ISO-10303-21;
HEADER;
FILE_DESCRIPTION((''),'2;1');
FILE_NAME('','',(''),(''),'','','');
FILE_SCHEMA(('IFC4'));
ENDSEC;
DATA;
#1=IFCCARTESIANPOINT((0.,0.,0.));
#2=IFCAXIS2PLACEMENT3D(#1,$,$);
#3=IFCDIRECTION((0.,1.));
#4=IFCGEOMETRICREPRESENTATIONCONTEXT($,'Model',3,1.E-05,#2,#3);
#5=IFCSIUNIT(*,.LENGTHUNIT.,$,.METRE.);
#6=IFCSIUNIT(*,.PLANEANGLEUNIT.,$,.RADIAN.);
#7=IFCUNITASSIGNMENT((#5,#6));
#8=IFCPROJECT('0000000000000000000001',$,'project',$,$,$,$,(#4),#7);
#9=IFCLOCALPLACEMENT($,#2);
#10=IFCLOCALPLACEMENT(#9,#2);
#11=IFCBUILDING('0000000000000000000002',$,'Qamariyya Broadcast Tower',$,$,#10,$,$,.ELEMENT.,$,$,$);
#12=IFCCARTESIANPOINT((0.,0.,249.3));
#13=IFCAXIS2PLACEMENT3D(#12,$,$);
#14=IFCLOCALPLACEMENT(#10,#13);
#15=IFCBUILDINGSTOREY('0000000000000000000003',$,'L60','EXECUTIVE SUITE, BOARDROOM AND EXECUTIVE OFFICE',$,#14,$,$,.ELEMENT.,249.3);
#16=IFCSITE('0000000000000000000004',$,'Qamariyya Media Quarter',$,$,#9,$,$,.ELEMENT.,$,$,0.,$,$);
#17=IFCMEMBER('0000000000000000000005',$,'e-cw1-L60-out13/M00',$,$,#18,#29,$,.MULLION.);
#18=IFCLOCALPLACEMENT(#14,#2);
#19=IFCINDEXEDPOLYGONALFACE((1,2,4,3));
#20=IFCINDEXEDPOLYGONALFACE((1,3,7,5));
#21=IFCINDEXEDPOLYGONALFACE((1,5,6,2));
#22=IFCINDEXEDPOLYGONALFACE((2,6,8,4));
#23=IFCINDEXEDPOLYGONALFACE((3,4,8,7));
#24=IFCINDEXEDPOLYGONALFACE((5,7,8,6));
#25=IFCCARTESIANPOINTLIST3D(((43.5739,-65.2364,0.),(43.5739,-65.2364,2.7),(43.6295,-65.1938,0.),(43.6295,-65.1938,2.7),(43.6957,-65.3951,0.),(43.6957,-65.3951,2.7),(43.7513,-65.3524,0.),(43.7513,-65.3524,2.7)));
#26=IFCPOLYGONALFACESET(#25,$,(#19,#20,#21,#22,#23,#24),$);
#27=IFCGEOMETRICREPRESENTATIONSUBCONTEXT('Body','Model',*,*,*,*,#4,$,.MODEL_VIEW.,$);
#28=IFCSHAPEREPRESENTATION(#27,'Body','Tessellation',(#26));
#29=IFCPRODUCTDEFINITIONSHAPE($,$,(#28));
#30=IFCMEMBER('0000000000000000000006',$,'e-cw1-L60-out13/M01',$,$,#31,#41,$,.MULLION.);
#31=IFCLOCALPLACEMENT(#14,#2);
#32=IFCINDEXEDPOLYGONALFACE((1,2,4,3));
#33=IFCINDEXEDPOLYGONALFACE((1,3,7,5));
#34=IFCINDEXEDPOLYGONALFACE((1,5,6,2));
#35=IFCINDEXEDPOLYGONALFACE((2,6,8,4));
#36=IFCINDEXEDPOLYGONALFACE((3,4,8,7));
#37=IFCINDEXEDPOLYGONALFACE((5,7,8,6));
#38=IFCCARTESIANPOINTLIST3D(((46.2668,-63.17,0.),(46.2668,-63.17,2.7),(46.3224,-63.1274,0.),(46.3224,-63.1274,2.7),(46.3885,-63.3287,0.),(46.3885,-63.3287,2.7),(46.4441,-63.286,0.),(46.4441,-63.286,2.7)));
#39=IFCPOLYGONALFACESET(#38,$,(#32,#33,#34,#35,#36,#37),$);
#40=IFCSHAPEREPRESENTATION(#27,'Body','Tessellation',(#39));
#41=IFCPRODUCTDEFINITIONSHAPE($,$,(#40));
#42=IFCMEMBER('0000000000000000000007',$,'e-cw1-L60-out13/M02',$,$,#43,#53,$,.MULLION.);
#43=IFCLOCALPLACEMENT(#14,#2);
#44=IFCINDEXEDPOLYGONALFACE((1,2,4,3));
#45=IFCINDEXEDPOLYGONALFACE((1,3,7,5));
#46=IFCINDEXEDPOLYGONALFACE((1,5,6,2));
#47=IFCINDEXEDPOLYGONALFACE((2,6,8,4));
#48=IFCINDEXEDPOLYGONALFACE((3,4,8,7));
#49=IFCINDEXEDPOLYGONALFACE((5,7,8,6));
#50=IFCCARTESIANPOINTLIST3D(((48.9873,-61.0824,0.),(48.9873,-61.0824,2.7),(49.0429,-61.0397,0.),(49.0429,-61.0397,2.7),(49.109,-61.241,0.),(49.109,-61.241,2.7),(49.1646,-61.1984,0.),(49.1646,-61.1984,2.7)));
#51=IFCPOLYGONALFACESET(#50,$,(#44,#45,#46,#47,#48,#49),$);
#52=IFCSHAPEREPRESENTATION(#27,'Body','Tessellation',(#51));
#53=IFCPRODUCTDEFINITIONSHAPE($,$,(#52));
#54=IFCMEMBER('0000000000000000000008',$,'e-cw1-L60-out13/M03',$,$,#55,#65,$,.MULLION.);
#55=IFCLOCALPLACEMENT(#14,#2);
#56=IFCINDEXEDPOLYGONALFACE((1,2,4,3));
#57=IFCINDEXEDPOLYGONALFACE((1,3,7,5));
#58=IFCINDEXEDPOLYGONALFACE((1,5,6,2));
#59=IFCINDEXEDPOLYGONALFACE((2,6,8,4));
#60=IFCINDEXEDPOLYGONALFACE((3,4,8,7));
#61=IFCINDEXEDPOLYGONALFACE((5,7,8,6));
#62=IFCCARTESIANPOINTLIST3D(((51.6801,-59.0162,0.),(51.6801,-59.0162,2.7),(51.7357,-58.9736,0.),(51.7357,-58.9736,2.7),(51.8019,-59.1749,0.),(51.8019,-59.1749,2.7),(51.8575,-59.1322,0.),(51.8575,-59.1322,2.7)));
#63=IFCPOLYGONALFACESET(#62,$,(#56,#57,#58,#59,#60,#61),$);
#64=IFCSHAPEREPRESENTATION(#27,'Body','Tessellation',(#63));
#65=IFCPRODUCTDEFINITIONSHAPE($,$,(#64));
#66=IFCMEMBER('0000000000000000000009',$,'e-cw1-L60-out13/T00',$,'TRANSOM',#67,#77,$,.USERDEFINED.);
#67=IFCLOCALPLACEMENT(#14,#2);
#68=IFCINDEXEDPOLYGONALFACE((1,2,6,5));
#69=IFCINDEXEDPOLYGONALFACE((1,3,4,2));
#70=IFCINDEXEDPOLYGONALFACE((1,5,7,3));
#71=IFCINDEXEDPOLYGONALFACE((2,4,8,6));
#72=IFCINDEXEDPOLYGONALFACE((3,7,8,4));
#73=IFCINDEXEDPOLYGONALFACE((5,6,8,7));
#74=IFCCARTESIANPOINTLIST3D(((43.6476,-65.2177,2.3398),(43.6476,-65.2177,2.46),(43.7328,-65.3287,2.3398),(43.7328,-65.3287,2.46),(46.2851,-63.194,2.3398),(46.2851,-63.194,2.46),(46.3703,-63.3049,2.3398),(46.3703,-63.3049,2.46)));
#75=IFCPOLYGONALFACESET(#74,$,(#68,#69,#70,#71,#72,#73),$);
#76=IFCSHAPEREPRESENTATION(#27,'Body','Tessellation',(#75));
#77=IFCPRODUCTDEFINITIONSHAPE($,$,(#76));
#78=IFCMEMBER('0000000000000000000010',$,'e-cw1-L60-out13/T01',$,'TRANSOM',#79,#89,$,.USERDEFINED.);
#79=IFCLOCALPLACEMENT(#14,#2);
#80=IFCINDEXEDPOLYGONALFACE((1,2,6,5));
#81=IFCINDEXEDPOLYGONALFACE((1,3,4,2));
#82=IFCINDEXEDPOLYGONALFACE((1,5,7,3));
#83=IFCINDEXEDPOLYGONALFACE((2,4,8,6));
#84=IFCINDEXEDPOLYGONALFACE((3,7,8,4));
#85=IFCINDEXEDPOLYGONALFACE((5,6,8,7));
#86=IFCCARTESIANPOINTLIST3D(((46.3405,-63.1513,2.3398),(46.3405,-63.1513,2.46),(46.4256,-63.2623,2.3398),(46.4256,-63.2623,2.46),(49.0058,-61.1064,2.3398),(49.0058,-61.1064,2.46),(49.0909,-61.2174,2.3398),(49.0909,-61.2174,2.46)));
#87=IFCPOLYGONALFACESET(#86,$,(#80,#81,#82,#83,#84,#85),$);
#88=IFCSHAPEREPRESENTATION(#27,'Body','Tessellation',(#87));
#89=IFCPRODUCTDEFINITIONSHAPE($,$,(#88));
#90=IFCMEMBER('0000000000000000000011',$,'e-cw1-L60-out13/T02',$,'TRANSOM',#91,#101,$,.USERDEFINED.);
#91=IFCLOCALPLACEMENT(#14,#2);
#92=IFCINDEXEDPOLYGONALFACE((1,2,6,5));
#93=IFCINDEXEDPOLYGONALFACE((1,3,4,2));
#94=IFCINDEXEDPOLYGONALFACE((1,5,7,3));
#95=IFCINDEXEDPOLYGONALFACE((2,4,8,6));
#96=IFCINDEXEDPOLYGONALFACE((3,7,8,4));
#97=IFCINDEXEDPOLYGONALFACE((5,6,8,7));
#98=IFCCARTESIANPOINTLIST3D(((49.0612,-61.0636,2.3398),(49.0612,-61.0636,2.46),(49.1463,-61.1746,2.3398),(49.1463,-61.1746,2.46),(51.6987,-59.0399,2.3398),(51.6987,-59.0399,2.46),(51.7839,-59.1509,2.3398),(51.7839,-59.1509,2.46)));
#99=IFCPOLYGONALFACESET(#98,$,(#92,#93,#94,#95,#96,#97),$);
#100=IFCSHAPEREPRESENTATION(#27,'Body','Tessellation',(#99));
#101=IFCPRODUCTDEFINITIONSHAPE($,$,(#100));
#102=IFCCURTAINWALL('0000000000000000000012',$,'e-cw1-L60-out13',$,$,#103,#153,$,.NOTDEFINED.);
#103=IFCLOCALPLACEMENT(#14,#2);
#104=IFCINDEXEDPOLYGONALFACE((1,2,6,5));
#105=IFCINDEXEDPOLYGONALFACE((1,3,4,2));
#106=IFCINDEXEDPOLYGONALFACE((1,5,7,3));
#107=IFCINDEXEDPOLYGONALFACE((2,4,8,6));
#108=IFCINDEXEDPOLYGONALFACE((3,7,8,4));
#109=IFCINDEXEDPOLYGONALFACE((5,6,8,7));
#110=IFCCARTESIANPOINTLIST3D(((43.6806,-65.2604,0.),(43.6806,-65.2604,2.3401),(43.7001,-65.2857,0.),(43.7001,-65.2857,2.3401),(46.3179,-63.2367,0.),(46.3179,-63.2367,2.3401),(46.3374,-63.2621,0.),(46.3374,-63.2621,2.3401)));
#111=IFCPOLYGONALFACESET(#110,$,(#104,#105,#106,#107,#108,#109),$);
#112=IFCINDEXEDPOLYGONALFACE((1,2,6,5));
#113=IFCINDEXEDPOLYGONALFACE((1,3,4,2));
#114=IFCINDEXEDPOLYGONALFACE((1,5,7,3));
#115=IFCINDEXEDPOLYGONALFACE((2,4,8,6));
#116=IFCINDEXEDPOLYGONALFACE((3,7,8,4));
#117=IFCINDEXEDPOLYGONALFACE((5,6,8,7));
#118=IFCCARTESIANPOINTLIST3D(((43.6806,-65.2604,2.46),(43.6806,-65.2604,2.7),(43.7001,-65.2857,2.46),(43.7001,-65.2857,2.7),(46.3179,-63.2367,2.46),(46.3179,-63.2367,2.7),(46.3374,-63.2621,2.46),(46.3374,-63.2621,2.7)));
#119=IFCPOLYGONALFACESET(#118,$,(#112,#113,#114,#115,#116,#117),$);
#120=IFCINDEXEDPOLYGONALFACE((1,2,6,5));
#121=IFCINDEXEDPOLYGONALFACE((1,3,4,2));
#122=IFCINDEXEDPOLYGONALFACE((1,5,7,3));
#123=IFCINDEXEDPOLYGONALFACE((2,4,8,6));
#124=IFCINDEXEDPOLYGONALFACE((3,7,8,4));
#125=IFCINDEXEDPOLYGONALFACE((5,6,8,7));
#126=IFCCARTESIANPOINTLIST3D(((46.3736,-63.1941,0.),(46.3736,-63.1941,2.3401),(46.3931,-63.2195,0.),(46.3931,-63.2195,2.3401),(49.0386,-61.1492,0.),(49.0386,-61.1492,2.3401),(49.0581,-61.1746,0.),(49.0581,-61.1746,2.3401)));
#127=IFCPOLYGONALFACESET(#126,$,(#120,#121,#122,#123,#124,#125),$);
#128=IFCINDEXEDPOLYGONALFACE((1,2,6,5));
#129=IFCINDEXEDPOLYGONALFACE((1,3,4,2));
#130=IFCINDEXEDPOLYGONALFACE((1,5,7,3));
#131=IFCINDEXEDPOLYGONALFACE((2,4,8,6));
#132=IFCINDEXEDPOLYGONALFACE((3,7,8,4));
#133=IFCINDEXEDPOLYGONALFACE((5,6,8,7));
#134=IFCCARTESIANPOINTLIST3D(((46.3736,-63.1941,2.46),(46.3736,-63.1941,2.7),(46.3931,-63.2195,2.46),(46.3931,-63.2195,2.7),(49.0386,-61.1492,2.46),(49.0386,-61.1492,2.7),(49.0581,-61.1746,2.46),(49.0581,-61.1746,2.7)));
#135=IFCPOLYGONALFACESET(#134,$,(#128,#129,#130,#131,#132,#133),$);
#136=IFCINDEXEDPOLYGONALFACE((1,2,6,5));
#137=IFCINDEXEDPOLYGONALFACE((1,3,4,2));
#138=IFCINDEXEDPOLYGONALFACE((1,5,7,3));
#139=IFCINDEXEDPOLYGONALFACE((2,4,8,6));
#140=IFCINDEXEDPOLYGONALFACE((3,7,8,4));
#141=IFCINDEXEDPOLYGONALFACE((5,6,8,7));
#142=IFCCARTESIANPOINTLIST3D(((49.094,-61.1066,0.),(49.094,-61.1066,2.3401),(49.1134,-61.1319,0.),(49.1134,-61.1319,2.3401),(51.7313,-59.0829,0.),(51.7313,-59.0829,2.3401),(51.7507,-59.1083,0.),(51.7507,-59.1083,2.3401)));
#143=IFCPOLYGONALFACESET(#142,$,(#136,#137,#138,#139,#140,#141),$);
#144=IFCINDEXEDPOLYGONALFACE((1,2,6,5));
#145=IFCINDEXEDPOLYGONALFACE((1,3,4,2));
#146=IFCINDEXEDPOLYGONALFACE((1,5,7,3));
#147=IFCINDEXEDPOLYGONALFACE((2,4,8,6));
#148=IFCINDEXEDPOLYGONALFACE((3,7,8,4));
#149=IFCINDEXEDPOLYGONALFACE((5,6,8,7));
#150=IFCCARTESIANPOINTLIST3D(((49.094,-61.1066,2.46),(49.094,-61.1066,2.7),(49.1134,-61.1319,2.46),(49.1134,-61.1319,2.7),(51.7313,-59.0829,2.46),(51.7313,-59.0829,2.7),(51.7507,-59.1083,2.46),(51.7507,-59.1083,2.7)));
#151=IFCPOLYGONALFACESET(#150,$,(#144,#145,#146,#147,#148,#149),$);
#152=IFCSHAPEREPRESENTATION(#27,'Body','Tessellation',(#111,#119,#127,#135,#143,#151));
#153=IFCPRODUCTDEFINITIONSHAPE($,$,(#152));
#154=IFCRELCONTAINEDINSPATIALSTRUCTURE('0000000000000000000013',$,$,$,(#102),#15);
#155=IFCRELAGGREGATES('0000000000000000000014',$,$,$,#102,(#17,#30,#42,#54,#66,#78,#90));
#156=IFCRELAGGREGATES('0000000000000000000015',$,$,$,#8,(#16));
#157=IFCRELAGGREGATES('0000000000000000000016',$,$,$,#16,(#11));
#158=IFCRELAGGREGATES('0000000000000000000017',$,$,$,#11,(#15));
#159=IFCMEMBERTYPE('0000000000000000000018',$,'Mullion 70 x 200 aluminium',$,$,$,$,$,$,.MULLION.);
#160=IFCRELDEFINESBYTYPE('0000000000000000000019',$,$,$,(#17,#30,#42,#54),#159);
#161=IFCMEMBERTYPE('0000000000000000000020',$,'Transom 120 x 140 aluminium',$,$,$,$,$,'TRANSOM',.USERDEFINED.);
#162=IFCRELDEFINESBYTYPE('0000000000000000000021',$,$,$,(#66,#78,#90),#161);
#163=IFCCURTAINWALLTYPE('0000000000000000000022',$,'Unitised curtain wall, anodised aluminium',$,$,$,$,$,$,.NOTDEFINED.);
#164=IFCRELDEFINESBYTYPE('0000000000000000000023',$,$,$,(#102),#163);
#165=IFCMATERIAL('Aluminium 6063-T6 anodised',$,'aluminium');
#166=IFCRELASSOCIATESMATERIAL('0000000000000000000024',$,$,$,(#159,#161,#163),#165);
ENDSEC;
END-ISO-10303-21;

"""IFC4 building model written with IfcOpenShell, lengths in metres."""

from ifc_helpers import new_model, si_unit, direction, frame, origin, origin_2d, place, context, subcontext, project, spatial, rectangle, extrude, material, material_profile, profile_set, type_object, element, aggregate, save


model = new_model("IFC4")

# Units and contexts
model_context = context("Model", 3, precision=1e-05, world=origin(), true_north=direction((0.0, 1.0)))
body_context = subcontext(model_context, "Body", "Model", "MODEL_VIEW")
ifc_project = project(units=[si_unit("LENGTHUNIT", "METRE"), si_unit("PLANEANGLEUNIT", "RADIAN")], contexts=[model_context])

# Members
ifc_material = material(Name="Aluminium 6063-T6 anodised", Category="aluminium")
ifc_material_profile_1 = material_profile(ifc_material, rectangle(XDim=0.2, YDim=0.0701, at=origin_2d()))
ifc_profile_set_1 = profile_set([ifc_material_profile_1], Name="Aluminium 6063-T6 anodised")
member_type_1 = type_object("IfcMemberType", Name="Mullion 70 x 200 aluminium", PredefinedType="MULLION", material=ifc_profile_set_1)
site_placement = place(None, origin())
building_placement = place(site_placement, origin())
storey_placement = place(building_placement, frame((0.0, 0.0, 249.3)))
member_1_placement = place(storey_placement, frame((43.6626, -65.2944, 0.0), z_axis=(0.0, 0.0, 1.0), x_axis=(-0.608761, 0.793353, 0.0)))
member_1 = element("IfcMember", 1, at=member_1_placement, type_object=member_type_1, Name="e-cw1-L60-out13/M00", PredefinedType="MULLION", context=body_context, shape_type="SweptSolid", body=[
    extrude(rectangle(XDim=0.2, YDim=0.0701, at=origin_2d()), origin(), (0.0, 0.0, 1.0), 2.7),
])
member_2_placement = place(storey_placement, frame((46.3555, -63.228, 0.0), z_axis=(0.0, 0.0, 1.0), x_axis=(-0.608761, 0.793353, 0.0)))
member_2 = element("IfcMember", 2, at=member_2_placement, type_object=member_type_1, Name="e-cw1-L60-out13/M01", PredefinedType="MULLION", context=body_context, shape_type="SweptSolid", body=[
    extrude(rectangle(XDim=0.2, YDim=0.0701, at=origin_2d()), origin(), (0.0, 0.0, 1.0), 2.7),
])
member_3_placement = place(storey_placement, frame((49.0759, -61.1404, 0.0), z_axis=(0.0, 0.0, 1.0), x_axis=(-0.608761, 0.793353, 0.0)))
member_3 = element("IfcMember", 3, at=member_3_placement, type_object=member_type_1, Name="e-cw1-L60-out13/M02", PredefinedType="MULLION", context=body_context, shape_type="SweptSolid", body=[
    extrude(rectangle(XDim=0.2, YDim=0.0701, at=origin_2d()), origin(), (0.0, 0.0, 1.0), 2.7),
])
member_4_placement = place(storey_placement, frame((51.7688, -59.0742, 0.0), z_axis=(0.0, 0.0, 1.0), x_axis=(-0.608761, 0.793353, 0.0)))
member_4 = element("IfcMember", 4, at=member_4_placement, type_object=member_type_1, Name="e-cw1-L60-out13/M03", PredefinedType="MULLION", context=body_context, shape_type="SweptSolid", body=[
    extrude(rectangle(XDim=0.2, YDim=0.0701, at=origin_2d()), origin(), (0.0, 0.0, 1.0), 2.7),
])
ifc_material_profile_2 = material_profile(ifc_material, rectangle(XDim=0.1399, YDim=0.1201, at=origin_2d()))
ifc_profile_set_2 = profile_set([ifc_material_profile_2], Name="Aluminium 6063-T6 anodised")
member_type_2 = type_object("IfcMemberType", Name="Transom 120 x 140 aluminium", ElementType="TRANSOM", PredefinedType="USERDEFINED", material=ifc_profile_set_2)
member_5_placement = place(storey_placement, frame((43.6902, -65.2732, 2.3999), z_axis=(0.793369, 0.608741, 0.0), x_axis=(-0.608741, 0.793369, 0.0)))
member_5 = element("IfcMember", 5, at=member_5_placement, type_object=member_type_2, Name="e-cw1-L60-out13/T00", ObjectType="TRANSOM", PredefinedType="USERDEFINED", context=body_context, shape_type="SweptSolid", body=[
    extrude(rectangle(XDim=0.1399, YDim=0.1201, at=origin_2d()), origin(), (0.0, 0.0, 1.0), 3.3245),
])
member_6_placement = place(storey_placement, frame((46.3831, -63.2068, 2.3999), z_axis=(0.793385, 0.60872, 0.0), x_axis=(-0.60872, 0.793385, 0.0)))
member_6 = element("IfcMember", 6, at=member_6_placement, type_object=member_type_2, Name="e-cw1-L60-out13/T01", ObjectType="TRANSOM", PredefinedType="USERDEFINED", context=body_context, shape_type="SweptSolid", body=[
    extrude(rectangle(XDim=0.1399, YDim=0.1201, at=origin_2d()), origin(), (0.0, 0.0, 1.0), 3.3594),
])
member_7_placement = place(storey_placement, frame((49.1038, -61.1191, 2.3999), z_axis=(0.793369, 0.608741, 0.0), x_axis=(-0.608741, 0.793369, 0.0)))
member_7 = element("IfcMember", 7, at=member_7_placement, type_object=member_type_2, Name="e-cw1-L60-out13/T02", ObjectType="TRANSOM", PredefinedType="USERDEFINED", context=body_context, shape_type="SweptSolid", body=[
    extrude(rectangle(XDim=0.1399, YDim=0.1201, at=origin_2d()), origin(), (0.0, 0.0, 1.0), 3.3245),
])

# Site, building, storey
site = spatial("IfcSite", under=ifc_project, at=site_placement, Name="Qamariyya Media Quarter", CompositionType="ELEMENT", RefElevation=0.0)
building = spatial("IfcBuilding", under=site, at=building_placement, Name="Qamariyya Broadcast Tower", CompositionType="ELEMENT")
storey = spatial("IfcBuildingStorey", under=building, at=storey_placement, Name="L60", Description="EXECUTIVE SUITE, BOARDROOM AND EXECUTIVE OFFICE", CompositionType="ELEMENT", Elevation=249.3)

# Curtain wall
curtain_wall_type = type_object("IfcCurtainWallType", Name="Unitised curtain wall, anodised aluminium", PredefinedType="NOTDEFINED", material=ifc_material)
curtain_wall_1_placement = place(storey_placement, origin())
curtain_wall_1 = element("IfcCurtainWall", 8, at=curtain_wall_1_placement, inside=storey, type_object=curtain_wall_type, Name="e-cw1-L60-out13", PredefinedType="NOTDEFINED", context=body_context, shape_type="SweptSolid", body=[
    extrude(rectangle(XDim=3.3242, YDim=0.032, at=origin_2d()), frame((45.009, -64.2612, 0.0), x_axis=(0.793359, 0.608754, 0.0)), (0.0, 0.0, 1.0), 2.3401),
    extrude(rectangle(XDim=3.3242, YDim=0.032, at=origin_2d()), frame((45.009, -64.2612, 2.46), x_axis=(0.793359, 0.608754, 0.0)), (0.0, 0.0, 1.0), 0.24),
    extrude(rectangle(XDim=3.3591, YDim=0.032, at=origin_2d()), frame((47.7158, -62.1843, 0.0), x_axis=(0.793359, 0.608754, 0.0)), (0.0, 0.0, 1.0), 2.3401),
    extrude(rectangle(XDim=3.3591, YDim=0.032, at=origin_2d()), frame((47.7158, -62.1843, 2.46), x_axis=(0.793359, 0.608754, 0.0)), (0.0, 0.0, 1.0), 0.24),
    extrude(rectangle(XDim=3.3242, YDim=0.032, at=origin_2d()), frame((50.4224, -60.1074, 0.0), x_axis=(0.793359, 0.608754, 0.0)), (0.0, 0.0, 1.0), 2.3401),
    extrude(rectangle(XDim=3.3242, YDim=0.032, at=origin_2d()), frame((50.4224, -60.1074, 2.46), x_axis=(0.793359, 0.608754, 0.0)), (0.0, 0.0, 1.0), 0.24),
])
aggregate(curtain_wall_1, [member_1, member_2, member_3, member_4, member_5, member_6, member_7])

save(model, "model.ifc")
